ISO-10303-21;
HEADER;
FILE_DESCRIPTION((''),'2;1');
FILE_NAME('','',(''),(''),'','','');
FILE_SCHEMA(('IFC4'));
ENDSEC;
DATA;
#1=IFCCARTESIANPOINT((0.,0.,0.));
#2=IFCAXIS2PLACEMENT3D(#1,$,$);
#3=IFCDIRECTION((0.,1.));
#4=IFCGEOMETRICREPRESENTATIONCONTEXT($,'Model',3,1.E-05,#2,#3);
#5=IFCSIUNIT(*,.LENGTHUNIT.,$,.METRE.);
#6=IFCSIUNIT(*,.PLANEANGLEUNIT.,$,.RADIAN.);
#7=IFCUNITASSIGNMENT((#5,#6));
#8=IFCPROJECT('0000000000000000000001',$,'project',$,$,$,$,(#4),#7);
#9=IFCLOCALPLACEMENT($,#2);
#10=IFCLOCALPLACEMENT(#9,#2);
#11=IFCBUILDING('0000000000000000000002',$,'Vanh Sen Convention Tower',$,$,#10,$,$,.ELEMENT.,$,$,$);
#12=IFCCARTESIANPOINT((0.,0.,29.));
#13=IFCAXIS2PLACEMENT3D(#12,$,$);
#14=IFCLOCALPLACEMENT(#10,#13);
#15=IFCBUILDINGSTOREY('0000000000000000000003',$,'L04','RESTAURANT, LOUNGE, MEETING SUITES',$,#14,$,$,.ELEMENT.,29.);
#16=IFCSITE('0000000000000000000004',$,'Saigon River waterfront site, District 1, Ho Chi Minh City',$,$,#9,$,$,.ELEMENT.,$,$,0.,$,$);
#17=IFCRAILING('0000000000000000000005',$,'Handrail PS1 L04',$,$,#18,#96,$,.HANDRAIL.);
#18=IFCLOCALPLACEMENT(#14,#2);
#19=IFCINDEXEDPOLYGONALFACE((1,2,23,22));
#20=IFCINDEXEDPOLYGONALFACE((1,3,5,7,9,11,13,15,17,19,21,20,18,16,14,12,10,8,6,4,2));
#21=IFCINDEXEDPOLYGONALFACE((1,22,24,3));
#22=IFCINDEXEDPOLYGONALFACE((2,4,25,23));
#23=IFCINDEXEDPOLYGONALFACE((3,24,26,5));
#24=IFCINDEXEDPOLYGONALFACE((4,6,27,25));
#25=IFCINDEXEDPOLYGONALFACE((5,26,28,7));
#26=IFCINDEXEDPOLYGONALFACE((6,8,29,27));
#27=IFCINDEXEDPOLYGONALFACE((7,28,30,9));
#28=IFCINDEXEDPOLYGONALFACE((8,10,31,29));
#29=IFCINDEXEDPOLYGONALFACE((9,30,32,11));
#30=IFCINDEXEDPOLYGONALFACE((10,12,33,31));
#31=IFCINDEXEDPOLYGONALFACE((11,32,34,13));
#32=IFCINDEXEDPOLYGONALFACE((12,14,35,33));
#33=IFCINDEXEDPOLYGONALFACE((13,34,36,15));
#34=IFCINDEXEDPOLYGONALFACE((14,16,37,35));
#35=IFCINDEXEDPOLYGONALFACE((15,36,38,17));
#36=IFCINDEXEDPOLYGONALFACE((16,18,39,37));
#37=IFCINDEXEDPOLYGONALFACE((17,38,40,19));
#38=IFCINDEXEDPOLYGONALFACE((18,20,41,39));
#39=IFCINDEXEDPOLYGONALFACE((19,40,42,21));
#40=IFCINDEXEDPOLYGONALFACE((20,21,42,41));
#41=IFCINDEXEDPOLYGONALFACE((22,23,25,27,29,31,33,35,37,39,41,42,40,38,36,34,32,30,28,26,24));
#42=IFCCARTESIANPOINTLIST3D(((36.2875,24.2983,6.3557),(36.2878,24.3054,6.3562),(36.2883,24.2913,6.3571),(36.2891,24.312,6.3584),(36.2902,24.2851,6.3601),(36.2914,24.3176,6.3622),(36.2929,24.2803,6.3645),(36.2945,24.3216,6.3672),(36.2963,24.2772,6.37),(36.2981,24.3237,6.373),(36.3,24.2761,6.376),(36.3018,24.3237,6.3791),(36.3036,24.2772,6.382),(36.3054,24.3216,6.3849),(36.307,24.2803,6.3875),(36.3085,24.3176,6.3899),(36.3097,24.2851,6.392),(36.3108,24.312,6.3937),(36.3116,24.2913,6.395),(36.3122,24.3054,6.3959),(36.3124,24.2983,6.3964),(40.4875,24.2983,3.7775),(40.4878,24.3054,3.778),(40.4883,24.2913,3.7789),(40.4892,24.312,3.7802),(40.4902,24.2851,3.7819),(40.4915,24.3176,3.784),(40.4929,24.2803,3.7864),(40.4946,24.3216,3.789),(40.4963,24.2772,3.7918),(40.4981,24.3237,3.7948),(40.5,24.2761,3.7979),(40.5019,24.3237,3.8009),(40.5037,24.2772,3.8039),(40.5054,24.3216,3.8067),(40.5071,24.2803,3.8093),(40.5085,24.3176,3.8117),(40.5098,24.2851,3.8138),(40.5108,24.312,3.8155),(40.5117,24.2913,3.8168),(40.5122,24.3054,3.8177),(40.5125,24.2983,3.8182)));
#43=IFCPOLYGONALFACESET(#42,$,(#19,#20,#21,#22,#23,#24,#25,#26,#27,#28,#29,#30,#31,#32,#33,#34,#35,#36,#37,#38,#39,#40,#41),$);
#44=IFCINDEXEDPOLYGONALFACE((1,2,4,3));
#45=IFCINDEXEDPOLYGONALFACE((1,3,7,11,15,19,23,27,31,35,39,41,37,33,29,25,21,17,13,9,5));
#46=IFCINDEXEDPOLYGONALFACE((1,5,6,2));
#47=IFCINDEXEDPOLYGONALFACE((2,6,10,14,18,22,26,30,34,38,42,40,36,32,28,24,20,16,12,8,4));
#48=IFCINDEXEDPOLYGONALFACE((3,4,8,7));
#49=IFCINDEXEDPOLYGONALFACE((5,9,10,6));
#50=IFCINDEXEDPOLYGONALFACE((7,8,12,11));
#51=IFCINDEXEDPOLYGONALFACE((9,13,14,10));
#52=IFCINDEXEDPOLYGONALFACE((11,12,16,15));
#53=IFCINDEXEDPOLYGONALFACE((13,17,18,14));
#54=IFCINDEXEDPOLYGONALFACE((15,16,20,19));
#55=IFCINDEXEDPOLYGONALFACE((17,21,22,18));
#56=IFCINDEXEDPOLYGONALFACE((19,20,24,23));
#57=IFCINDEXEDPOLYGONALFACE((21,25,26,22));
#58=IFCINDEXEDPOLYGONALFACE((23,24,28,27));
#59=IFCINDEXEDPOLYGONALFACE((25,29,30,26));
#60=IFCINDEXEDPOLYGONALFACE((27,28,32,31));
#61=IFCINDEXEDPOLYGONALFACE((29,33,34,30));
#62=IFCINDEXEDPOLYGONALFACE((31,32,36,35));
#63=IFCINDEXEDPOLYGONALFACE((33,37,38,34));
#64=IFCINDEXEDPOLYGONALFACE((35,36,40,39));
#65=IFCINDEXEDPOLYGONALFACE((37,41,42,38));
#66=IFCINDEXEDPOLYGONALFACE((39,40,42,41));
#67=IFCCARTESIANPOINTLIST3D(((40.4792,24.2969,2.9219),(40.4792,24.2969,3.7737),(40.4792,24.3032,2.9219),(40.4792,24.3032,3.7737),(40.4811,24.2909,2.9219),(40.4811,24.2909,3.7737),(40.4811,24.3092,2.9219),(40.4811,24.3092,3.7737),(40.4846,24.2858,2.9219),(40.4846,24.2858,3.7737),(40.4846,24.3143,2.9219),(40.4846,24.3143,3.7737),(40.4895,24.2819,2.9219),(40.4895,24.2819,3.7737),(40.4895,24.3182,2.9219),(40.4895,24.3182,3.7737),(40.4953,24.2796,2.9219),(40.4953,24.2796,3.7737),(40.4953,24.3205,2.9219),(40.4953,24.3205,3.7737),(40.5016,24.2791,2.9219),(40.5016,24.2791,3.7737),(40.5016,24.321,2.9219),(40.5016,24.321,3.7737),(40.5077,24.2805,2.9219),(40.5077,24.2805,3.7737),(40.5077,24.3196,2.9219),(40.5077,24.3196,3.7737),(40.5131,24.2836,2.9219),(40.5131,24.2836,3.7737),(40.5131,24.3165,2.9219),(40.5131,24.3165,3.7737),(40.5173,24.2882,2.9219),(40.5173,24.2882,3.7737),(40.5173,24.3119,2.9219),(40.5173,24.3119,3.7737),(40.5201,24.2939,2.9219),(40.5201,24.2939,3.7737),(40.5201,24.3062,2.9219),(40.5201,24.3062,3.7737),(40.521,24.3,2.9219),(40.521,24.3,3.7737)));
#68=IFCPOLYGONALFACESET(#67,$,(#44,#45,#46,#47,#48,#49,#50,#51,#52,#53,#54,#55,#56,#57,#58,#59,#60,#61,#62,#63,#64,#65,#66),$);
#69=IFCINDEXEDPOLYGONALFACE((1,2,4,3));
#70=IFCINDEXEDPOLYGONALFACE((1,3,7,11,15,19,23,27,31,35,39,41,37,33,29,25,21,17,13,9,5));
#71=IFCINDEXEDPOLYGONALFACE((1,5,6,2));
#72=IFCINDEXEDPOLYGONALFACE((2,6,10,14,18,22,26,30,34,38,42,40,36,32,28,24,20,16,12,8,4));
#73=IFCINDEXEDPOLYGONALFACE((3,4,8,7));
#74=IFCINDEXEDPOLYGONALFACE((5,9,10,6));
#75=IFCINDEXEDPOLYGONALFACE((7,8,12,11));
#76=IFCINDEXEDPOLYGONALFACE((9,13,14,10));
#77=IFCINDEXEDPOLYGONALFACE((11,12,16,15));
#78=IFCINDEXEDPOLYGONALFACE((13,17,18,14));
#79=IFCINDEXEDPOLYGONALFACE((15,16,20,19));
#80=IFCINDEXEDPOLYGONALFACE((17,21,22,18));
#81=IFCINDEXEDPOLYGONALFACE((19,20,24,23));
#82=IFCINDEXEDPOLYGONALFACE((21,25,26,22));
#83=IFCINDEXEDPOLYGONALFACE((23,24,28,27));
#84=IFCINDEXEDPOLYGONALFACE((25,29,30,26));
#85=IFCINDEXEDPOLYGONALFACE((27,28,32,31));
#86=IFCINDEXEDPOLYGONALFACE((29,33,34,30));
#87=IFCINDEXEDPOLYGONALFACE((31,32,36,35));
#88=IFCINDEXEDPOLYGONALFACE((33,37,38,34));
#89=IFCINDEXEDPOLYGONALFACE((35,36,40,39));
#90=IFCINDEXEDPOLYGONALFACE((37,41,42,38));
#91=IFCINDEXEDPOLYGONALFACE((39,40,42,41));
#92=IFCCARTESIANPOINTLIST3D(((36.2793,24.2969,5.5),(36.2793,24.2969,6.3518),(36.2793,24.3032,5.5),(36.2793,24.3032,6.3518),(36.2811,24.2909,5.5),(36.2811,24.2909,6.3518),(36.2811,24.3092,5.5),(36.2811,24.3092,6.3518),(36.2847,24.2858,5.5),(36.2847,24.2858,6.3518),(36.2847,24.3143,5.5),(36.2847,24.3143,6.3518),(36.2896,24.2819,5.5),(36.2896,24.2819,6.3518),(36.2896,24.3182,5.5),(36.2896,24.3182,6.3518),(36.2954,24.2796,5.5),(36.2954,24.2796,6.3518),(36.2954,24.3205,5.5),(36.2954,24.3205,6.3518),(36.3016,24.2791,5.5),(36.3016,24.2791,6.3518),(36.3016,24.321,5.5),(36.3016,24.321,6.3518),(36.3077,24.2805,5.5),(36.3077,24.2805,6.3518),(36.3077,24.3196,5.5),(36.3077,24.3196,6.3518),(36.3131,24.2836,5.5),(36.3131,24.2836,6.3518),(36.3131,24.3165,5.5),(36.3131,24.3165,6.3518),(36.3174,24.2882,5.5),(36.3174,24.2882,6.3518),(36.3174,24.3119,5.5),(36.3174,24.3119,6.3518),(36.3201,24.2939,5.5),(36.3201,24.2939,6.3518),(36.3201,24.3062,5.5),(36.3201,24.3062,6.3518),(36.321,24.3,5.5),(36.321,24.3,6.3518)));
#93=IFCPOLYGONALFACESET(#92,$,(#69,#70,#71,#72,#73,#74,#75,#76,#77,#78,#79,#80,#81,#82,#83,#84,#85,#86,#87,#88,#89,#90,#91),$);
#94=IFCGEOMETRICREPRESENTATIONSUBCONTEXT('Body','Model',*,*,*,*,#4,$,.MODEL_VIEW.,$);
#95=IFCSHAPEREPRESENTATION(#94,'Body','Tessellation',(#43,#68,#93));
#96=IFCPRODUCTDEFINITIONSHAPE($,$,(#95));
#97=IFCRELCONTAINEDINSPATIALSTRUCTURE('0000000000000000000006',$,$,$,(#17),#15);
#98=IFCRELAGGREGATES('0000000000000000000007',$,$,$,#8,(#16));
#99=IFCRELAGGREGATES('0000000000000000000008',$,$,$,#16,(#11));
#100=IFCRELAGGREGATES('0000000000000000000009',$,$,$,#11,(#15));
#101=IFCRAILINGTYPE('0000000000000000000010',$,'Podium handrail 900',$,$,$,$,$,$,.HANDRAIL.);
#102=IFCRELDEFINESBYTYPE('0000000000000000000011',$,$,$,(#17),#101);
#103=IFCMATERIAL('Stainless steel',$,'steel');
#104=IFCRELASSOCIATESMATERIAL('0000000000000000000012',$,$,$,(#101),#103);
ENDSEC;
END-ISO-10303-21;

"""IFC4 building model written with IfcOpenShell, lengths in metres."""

from ifc_helpers import new_model, si_unit, direction, frame, origin, origin_2d, place, context, subcontext, project, spatial, circle, extrude, material, type_object, element, save


model = new_model("IFC4")

# Units and contexts
model_context = context("Model", 3, precision=1e-05, world=origin(), true_north=direction((0.0, 1.0)))
body_context = subcontext(model_context, "Body", "Model", "MODEL_VIEW")
ifc_project = project(units=[si_unit("LENGTHUNIT", "METRE"), si_unit("PLANEANGLEUNIT", "RADIAN")], contexts=[model_context])

# Site, building, storey
site_placement = place(None, origin())
site = spatial("IfcSite", under=ifc_project, at=site_placement, Name="Saigon River waterfront site, District 1, Ho Chi Minh City", CompositionType="ELEMENT", RefElevation=0.0)
building_placement = place(site_placement, origin())
building = spatial("IfcBuilding", under=site, at=building_placement, Name="Vanh Sen Convention Tower", CompositionType="ELEMENT")
storey_placement = place(building_placement, frame((0.0, 0.0, 29.0)))
storey = spatial("IfcBuildingStorey", under=building, at=storey_placement, Name="L04", Description="RESTAURANT, LOUNGE, MEETING SUITES", CompositionType="ELEMENT", Elevation=29.0)

# Railing
ifc_material_1 = material(Name="Stainless steel", Category="steel")
railing_type = type_object("IfcRailingType", Name="Podium handrail 900", PredefinedType="HANDRAIL", material=ifc_material_1)
for number, where, name in (
    (1, (40.5, 24.3, 2.9219), "Handrail PS1 L04"),
):
    element("IfcRailing", number, at=place(storey_placement, frame(where)), inside=storey, type_object=railing_type, Name=name, PredefinedType="HANDRAIL", context=body_context, shape_type="SweptSolid", body=[
        extrude(circle(Radius=0.0239, at=origin_2d()), frame((0.0, 0.0, 0.876), z_axis=(-0.852243, 0.0, 0.523146), x_axis=(0.0, -1.0, 0.0)), (0.0, 0.0, 1.0), 4.9282),
        extrude(circle(Radius=0.021, at=origin_2d()), origin(), (0.0, 0.0, 1.0), 0.8518),
        extrude(circle(Radius=0.021, at=origin_2d()), frame((-4.2, 0.0, 2.5781)), (0.0, 0.0, 1.0), 0.8518),
    ])

save(model, "model.ifc")
